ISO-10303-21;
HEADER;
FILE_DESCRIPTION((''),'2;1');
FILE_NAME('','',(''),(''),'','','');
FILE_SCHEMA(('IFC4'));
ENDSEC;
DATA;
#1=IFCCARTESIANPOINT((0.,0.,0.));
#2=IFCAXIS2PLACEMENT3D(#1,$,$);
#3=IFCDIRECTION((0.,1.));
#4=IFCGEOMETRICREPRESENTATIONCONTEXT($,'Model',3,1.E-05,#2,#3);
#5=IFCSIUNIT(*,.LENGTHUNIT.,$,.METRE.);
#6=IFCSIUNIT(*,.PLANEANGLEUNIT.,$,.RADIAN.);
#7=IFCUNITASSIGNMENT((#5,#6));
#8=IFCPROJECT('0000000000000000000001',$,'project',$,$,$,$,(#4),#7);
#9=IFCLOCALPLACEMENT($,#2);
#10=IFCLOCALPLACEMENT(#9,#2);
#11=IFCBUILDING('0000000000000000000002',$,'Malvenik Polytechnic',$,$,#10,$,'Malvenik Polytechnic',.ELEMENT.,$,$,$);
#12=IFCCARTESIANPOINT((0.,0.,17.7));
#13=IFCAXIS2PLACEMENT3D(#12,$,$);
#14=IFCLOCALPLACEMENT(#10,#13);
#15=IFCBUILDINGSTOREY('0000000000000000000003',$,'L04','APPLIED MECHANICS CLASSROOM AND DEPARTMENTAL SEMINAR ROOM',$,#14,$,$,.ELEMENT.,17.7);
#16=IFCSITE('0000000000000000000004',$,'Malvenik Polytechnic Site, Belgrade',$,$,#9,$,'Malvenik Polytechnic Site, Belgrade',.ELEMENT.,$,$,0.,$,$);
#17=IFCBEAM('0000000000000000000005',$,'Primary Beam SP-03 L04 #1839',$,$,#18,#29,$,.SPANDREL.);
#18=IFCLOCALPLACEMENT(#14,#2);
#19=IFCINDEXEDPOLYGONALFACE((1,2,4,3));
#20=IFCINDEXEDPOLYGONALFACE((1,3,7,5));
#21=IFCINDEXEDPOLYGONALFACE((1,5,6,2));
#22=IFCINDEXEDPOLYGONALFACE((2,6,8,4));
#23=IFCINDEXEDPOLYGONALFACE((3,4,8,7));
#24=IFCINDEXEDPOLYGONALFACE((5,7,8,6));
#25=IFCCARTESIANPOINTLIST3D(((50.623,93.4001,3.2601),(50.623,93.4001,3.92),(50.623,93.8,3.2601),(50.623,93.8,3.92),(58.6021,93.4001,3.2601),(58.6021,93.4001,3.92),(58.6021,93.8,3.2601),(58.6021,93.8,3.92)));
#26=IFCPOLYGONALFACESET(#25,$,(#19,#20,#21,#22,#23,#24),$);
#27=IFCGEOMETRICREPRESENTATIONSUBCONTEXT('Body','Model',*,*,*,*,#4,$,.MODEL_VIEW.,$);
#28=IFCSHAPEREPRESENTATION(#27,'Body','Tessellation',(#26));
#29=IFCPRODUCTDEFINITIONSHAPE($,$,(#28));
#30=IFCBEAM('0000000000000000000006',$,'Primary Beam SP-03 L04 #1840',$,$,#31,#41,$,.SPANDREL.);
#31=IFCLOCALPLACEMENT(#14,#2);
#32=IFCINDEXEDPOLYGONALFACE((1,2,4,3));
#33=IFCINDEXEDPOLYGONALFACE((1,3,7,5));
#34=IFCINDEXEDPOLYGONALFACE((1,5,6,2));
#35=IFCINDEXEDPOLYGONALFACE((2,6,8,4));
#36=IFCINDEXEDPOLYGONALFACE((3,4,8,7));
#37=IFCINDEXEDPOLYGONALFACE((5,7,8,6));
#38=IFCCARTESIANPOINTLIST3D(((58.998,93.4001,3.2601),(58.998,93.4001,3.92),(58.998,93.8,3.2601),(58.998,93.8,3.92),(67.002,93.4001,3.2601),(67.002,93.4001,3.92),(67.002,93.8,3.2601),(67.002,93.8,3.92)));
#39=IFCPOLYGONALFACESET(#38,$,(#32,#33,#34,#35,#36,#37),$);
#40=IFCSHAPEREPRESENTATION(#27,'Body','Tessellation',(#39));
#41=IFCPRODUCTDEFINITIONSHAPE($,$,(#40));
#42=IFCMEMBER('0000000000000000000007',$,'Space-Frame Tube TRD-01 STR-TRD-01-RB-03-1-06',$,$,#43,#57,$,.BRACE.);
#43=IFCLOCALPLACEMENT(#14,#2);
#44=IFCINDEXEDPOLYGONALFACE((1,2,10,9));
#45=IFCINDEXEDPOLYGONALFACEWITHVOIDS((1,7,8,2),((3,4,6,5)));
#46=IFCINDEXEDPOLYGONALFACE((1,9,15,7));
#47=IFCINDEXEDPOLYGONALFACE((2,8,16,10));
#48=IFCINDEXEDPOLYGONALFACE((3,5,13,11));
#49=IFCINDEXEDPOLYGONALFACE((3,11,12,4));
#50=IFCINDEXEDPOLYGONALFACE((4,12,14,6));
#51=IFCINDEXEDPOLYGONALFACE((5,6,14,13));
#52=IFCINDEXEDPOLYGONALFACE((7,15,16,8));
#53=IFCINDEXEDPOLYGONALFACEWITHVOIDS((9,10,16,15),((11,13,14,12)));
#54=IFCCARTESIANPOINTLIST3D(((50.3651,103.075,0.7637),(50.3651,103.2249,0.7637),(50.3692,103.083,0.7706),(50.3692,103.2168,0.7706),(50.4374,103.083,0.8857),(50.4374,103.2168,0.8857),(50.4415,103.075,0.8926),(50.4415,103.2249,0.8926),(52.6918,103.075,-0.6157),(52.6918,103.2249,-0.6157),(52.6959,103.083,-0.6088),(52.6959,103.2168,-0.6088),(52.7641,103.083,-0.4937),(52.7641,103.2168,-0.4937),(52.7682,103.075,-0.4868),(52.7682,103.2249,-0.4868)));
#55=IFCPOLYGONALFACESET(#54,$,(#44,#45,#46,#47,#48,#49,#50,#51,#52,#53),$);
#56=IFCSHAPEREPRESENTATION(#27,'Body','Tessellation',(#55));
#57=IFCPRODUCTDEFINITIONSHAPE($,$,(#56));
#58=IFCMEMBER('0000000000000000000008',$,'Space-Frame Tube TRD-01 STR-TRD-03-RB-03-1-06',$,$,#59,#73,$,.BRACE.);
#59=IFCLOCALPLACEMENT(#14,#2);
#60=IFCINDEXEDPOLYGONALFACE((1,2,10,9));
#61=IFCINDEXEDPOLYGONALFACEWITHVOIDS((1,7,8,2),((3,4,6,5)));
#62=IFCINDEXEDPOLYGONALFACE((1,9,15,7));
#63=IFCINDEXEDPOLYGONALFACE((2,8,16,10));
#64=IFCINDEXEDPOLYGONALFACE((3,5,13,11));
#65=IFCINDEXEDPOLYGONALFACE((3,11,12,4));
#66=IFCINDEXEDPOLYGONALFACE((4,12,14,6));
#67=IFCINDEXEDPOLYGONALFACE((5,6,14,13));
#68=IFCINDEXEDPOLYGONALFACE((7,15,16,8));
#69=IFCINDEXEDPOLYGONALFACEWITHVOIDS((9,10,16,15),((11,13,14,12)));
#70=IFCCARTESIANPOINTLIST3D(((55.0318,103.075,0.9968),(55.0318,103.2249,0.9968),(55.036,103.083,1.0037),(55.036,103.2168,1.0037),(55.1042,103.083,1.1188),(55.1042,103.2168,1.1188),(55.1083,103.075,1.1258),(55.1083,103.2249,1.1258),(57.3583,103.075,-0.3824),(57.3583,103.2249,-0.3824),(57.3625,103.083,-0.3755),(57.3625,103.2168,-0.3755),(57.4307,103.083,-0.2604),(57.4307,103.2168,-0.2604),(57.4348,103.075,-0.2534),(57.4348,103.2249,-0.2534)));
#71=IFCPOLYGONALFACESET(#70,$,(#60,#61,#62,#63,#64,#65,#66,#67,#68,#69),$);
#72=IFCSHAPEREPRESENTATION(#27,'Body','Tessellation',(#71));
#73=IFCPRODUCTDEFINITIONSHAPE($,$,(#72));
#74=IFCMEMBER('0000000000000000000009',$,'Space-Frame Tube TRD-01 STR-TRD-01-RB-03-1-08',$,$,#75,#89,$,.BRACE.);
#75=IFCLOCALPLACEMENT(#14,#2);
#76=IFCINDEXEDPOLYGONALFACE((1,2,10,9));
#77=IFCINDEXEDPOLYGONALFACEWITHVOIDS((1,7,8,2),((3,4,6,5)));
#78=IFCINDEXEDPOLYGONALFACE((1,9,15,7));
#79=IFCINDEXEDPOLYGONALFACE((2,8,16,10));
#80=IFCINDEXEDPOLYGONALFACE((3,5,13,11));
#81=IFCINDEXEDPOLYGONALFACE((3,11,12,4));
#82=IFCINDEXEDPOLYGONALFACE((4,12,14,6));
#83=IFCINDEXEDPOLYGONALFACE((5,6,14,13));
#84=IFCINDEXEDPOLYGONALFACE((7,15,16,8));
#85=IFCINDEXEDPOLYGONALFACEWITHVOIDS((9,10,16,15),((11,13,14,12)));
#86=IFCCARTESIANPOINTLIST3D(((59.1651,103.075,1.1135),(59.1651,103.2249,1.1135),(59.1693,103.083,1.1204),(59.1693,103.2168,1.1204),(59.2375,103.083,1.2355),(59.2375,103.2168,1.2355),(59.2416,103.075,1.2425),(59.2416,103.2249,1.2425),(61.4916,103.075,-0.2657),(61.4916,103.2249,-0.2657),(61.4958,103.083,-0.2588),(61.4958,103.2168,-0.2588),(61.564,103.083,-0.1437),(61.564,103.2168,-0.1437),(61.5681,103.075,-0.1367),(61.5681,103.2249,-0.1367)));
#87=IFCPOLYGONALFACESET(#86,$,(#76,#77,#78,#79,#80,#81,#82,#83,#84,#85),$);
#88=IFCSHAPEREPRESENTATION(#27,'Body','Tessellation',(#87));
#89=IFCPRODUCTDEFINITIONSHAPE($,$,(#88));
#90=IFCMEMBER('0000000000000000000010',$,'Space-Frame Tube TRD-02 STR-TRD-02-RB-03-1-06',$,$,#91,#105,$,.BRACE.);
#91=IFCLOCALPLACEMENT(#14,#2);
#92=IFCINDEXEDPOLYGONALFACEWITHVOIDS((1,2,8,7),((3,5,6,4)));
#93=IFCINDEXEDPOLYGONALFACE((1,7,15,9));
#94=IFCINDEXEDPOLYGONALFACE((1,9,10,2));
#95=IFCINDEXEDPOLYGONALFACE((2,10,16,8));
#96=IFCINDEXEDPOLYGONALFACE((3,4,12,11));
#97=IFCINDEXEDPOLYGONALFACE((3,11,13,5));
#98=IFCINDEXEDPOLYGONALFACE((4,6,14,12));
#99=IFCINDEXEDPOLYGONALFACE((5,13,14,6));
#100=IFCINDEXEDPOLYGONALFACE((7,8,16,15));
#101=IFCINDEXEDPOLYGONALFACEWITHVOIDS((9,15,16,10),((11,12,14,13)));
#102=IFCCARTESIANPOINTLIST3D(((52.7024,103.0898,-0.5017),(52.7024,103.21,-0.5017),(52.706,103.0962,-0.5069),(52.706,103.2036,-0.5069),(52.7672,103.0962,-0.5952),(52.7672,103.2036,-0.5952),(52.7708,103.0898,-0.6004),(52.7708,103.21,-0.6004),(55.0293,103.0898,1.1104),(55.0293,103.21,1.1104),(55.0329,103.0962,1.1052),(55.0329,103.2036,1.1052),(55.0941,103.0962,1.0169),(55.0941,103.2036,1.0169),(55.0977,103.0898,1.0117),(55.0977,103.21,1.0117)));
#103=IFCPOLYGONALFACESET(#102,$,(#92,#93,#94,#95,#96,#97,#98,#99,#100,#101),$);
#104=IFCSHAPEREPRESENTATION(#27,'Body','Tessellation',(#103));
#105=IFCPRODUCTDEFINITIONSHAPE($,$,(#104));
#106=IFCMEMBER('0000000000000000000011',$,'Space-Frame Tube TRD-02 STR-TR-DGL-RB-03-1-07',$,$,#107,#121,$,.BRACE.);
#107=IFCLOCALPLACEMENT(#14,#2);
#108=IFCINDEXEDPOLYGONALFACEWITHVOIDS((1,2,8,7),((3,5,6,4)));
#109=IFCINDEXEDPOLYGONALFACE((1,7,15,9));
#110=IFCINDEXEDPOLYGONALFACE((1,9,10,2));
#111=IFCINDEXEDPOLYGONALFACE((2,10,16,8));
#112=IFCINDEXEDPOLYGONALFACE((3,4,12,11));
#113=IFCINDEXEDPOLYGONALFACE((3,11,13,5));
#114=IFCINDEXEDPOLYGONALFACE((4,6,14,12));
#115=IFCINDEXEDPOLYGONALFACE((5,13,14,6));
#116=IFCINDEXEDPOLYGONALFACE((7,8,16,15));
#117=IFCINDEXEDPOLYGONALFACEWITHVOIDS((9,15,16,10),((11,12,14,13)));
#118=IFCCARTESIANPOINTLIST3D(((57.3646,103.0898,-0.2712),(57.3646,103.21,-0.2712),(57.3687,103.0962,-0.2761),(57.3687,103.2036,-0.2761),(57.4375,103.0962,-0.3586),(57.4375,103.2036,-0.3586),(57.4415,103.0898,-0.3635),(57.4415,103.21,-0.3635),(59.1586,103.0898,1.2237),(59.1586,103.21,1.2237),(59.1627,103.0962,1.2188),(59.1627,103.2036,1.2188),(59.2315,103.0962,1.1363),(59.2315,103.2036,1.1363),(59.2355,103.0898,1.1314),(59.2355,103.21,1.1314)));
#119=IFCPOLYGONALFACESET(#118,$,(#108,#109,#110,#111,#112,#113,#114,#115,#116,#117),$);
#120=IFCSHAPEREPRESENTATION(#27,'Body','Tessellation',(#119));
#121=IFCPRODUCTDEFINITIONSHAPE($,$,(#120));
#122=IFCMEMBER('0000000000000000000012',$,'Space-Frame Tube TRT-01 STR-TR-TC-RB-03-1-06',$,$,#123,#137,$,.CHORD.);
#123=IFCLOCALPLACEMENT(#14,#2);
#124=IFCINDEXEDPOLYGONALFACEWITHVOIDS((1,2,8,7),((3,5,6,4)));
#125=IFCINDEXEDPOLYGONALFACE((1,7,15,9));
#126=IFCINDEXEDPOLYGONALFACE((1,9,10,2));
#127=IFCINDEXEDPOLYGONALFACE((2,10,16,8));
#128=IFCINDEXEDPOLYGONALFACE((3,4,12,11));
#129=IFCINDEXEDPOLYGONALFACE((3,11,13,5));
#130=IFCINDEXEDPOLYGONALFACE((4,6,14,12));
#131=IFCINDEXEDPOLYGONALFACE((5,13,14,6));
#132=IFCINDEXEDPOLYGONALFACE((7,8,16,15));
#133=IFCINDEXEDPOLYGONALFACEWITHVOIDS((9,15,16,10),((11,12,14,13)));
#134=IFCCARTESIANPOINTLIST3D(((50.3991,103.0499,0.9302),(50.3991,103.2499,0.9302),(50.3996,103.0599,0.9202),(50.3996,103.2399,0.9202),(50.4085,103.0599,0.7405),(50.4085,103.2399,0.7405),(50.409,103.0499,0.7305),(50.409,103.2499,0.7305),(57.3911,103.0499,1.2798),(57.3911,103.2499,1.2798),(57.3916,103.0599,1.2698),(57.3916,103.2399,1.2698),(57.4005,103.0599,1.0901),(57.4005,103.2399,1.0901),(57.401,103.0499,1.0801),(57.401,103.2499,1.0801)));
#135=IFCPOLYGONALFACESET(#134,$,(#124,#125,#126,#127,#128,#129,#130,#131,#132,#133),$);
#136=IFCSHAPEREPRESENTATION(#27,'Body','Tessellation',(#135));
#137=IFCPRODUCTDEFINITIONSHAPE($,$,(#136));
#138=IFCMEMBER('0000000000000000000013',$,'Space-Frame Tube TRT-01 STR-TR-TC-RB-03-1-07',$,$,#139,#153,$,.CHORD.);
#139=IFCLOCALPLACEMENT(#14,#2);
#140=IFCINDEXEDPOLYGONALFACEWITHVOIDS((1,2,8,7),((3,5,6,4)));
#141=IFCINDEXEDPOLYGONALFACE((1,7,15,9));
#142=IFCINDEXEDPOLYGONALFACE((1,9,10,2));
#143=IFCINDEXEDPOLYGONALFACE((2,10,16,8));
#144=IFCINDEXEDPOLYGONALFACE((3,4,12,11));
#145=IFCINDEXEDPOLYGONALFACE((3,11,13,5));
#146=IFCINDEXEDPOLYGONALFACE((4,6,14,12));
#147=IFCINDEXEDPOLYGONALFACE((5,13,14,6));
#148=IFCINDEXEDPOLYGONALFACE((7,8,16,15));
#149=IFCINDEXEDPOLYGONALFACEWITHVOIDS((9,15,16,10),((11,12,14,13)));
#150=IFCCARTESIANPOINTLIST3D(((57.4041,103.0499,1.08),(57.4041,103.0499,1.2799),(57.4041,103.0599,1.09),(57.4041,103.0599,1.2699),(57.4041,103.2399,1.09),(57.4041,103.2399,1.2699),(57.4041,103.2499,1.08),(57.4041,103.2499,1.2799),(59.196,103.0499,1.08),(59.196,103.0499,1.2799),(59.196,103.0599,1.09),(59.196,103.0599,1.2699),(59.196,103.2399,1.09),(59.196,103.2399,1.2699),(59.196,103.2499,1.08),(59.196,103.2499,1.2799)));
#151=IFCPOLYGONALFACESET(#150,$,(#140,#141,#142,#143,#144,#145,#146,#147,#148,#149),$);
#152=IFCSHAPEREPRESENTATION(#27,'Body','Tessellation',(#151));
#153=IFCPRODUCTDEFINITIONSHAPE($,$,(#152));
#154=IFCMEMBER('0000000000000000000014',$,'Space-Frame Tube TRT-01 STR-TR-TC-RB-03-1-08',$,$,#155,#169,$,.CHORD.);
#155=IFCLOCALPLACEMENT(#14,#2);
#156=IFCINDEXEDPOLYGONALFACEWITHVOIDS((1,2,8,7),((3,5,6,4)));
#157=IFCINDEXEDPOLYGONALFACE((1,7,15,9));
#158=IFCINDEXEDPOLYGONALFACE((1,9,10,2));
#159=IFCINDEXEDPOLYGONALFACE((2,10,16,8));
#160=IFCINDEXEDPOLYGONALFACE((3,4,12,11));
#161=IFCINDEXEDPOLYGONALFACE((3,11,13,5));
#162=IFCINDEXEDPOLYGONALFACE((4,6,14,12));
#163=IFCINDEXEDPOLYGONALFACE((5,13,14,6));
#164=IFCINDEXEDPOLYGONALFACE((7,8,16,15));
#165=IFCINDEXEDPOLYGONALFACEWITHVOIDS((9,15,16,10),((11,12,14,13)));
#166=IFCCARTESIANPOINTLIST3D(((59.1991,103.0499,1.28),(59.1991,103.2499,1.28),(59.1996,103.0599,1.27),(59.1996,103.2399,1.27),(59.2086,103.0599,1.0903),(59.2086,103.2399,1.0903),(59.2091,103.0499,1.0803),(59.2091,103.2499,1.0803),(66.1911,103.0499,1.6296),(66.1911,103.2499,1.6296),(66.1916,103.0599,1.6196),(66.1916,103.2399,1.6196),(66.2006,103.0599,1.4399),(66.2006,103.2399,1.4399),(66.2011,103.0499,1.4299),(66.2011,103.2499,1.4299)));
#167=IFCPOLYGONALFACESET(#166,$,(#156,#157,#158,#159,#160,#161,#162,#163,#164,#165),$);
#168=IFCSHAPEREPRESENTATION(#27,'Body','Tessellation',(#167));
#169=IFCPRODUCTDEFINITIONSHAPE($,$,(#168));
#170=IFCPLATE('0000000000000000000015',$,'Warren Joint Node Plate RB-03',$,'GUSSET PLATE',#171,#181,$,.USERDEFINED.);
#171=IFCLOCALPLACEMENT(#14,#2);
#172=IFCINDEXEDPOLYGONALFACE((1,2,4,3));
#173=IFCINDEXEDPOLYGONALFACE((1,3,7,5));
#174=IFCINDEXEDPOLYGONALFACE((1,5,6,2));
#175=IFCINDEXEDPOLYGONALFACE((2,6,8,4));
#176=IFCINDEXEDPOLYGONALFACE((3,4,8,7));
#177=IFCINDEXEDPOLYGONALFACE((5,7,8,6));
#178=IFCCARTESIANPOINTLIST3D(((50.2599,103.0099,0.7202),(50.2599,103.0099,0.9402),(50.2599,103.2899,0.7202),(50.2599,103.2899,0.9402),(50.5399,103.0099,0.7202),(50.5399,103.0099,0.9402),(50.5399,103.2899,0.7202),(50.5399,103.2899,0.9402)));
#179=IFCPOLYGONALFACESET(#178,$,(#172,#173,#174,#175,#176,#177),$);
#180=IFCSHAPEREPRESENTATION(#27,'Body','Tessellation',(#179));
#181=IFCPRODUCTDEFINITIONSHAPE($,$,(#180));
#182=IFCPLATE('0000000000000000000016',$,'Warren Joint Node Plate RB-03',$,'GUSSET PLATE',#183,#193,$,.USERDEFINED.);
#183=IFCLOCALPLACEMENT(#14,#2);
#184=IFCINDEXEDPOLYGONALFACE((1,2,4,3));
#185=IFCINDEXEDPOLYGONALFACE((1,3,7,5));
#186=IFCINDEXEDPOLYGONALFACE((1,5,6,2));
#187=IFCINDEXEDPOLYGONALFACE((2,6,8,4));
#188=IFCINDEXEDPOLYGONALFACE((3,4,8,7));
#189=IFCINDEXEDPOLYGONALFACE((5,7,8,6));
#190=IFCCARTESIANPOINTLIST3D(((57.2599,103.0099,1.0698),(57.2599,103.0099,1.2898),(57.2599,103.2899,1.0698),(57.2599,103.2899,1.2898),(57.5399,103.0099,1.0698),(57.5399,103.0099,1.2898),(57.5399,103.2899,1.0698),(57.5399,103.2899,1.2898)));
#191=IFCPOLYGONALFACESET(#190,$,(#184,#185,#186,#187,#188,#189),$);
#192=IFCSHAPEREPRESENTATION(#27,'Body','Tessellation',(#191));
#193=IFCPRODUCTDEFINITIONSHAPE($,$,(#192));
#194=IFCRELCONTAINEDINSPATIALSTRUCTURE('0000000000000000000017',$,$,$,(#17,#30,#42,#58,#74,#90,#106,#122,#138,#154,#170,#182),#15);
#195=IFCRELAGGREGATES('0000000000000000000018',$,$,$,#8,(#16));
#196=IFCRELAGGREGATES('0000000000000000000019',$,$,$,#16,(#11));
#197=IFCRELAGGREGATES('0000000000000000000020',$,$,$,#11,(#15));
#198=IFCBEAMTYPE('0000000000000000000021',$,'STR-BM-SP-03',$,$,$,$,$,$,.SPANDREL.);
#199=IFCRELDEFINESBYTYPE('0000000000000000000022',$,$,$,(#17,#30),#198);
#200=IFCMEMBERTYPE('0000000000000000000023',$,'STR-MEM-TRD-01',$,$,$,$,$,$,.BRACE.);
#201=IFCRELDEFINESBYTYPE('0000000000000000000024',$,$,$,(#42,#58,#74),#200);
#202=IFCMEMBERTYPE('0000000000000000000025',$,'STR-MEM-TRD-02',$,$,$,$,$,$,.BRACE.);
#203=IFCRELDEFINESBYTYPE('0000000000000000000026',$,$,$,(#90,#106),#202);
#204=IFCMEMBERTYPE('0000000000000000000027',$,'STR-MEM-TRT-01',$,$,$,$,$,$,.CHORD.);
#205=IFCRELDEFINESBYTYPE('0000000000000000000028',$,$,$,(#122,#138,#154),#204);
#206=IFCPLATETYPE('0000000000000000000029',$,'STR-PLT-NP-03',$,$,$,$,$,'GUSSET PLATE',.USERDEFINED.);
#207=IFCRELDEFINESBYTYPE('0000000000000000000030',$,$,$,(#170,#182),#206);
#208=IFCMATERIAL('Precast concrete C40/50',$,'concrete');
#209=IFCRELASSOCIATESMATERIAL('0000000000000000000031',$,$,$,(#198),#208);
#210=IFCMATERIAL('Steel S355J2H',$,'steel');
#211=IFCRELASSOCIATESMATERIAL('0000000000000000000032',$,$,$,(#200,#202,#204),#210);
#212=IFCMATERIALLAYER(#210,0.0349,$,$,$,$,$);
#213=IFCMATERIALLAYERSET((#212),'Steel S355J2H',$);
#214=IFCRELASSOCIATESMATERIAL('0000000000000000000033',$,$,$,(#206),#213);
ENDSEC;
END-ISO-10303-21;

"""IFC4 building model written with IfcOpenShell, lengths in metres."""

from ifc_helpers import new_model, si_unit, direction, frame, origin, origin_2d, place, context, subcontext, project, spatial, rectangle, hollow_rectangle, extrude, material, layer, layer_set, material_profile, profile_set, type_object, element, save


model = new_model("IFC4")

# Units and contexts
model_context = context("Model", 3, precision=1e-05, world=origin(), true_north=direction((0.0, 1.0)))
body_context = subcontext(model_context, "Body", "Model", "MODEL_VIEW")
ifc_project = project(units=[si_unit("LENGTHUNIT", "METRE"), si_unit("PLANEANGLEUNIT", "RADIAN")], contexts=[model_context])

# Site, building, storey
site_placement = place(None, origin())
site = spatial("IfcSite", under=ifc_project, at=site_placement, Name="Malvenik Polytechnic Site, Belgrade", LongName="Malvenik Polytechnic Site, Belgrade", CompositionType="ELEMENT", RefElevation=0.0)
building_placement = place(site_placement, origin())
building = spatial("IfcBuilding", under=site, at=building_placement, Name="Malvenik Polytechnic", LongName="Malvenik Polytechnic", CompositionType="ELEMENT")
storey_placement = place(building_placement, frame((0.0, 0.0, 17.7)))
storey = spatial("IfcBuildingStorey", under=building, at=storey_placement, Name="L04", Description="APPLIED MECHANICS CLASSROOM AND DEPARTMENTAL SEMINAR ROOM", CompositionType="ELEMENT", Elevation=17.7)

# Shared definitions
ifc_material_1 = material(Name="Steel S355J2H", Category="steel")

# Beams
ifc_material_2 = material(Name="Precast concrete C40/50", Category="concrete")
ifc_material_profile_1 = material_profile(ifc_material_2, rectangle(XDim=0.3999, YDim=0.6599, at=origin_2d()), Name="PC SPN 400x660")
ifc_profile_set_1 = profile_set([ifc_material_profile_1], Name="Precast concrete C40/50")
beam_type_1 = type_object("IfcBeamType", Name="STR-BM-SP-03", PredefinedType="SPANDREL", material=ifc_profile_set_1)
beam_1_placement = place(storey_placement, frame((50.623, 93.6001, 3.5901), z_axis=(1.0, 0.0, 0.0), x_axis=(0.0, 1.0, 0.0)))
element("IfcBeam", 1, at=beam_1_placement, inside=storey, type_object=beam_type_1, Name="Primary Beam SP-03 L04 #1839", PredefinedType="SPANDREL", context=body_context, shape_type="SweptSolid", body=[
    extrude(rectangle(XDim=0.3999, YDim=0.6599, at=origin_2d()), origin(), (0.0, 0.0, 1.0), 7.979),
])
beam_2_placement = place(storey_placement, frame((58.998, 93.6001, 3.5901), z_axis=(1.0, 0.0, 0.0), x_axis=(0.0, 1.0, 0.0)))
element("IfcBeam", 2, at=beam_2_placement, inside=storey, type_object=beam_type_1, Name="Primary Beam SP-03 L04 #1840", PredefinedType="SPANDREL", context=body_context, shape_type="SweptSolid", body=[
    extrude(rectangle(XDim=0.3999, YDim=0.6599, at=origin_2d()), origin(), (0.0, 0.0, 1.0), 8.0039),
])

# Members
ifc_material_profile_2 = material_profile(ifc_material_1, hollow_rectangle(XDim=0.1499, YDim=0.1499, WallThickness=0.0081, at=origin_2d()), Name="SHS 150x150x8.0")
ifc_profile_set_2 = profile_set([ifc_material_profile_2], Name="Steel S355J2H")
member_type_1 = type_object("IfcMemberType", Name="STR-MEM-TRD-01", PredefinedType="BRACE", material=ifc_profile_set_2)
member_1_placement = place(storey_placement, frame((50.4033, 103.1499, 0.8281), z_axis=(0.860189, 0.0, -0.509976), x_axis=(0.0, 1.0, 0.0)))
element("IfcMember", 3, at=member_1_placement, inside=storey, type_object=member_type_1, Name="Space-Frame Tube TRD-01 STR-TRD-01-RB-03-1-06", PredefinedType="BRACE", context=body_context, shape_type="SweptSolid", body=[
    extrude(hollow_rectangle(XDim=0.1499, YDim=0.1499, WallThickness=0.0081, at=origin_2d()), origin(), (0.0, 0.0, 1.0), 2.7048),
])
for number, where, z_axis, x_axis, name in (
    (4, (55.0701, 103.1499, 1.0613), (0.860205, 0.0, -0.509948), (0.0, 1.0, 0.0), "Space-Frame Tube TRD-01 STR-TRD-03-RB-03-1-06"),
    (5, (59.2034, 103.1499, 1.178), (0.860205, 0.0, -0.509948), (0.0, 1.0, 0.0), "Space-Frame Tube TRD-01 STR-TRD-01-RB-03-1-08"),
):
    element("IfcMember", number, at=place(storey_placement, frame(where, z_axis=z_axis, x_axis=x_axis)), inside=storey, type_object=member_type_1, Name=name, PredefinedType="BRACE", context=body_context, shape_type="SweptSolid", body=[
        extrude(hollow_rectangle(XDim=0.1499, YDim=0.1499, WallThickness=0.0081, at=origin_2d()), origin(), (0.0, 0.0, 1.0), 2.7046),
    ])
ifc_material_profile_3 = material_profile(ifc_material_1, hollow_rectangle(XDim=0.1201, YDim=0.1201, WallThickness=0.0063, at=origin_2d()), Name="SHS 120x120x6.3")
ifc_profile_set_3 = profile_set([ifc_material_profile_3], Name="Steel S355J2H")
member_type_2 = type_object("IfcMemberType", Name="STR-MEM-TRD-02", PredefinedType="BRACE", material=ifc_profile_set_3)
member_2_placement = place(storey_placement, frame((52.7366, 103.1499, -0.551), z_axis=(0.822006, 0.0, 0.569479), x_axis=(0.0, 1.0, 0.0)))
element("IfcMember", 6, at=member_2_placement, inside=storey, type_object=member_type_2, Name="Space-Frame Tube TRD-02 STR-TRD-02-RB-03-1-06", PredefinedType="BRACE", context=body_context, shape_type="SweptSolid", body=[
    extrude(hollow_rectangle(XDim=0.1201, YDim=0.1201, WallThickness=0.0063, at=origin_2d()), origin(), (0.0, 0.0, 1.0), 2.8308),
])
member_3_placement = place(storey_placement, frame((57.4031, 103.1499, -0.3174), z_axis=(0.768238, 0.0, 0.640164), x_axis=(0.0, 1.0, 0.0)))
element("IfcMember", 7, at=member_3_placement, inside=storey, type_object=member_type_2, Name="Space-Frame Tube TRD-02 STR-TR-DGL-RB-03-1-07", PredefinedType="BRACE", context=body_context, shape_type="SweptSolid", body=[
    extrude(hollow_rectangle(XDim=0.1201, YDim=0.1201, WallThickness=0.0063, at=origin_2d()), origin(), (0.0, 0.0, 1.0), 2.3352),
])
ifc_material_profile_4 = material_profile(ifc_material_1, hollow_rectangle(XDim=0.2, YDim=0.2, WallThickness=0.01, at=origin_2d()), Name="SHS 200x200x10.0")
ifc_profile_set_4 = profile_set([ifc_material_profile_4], Name="Steel S355J2H")
member_type_3 = type_object("IfcMemberType", Name="STR-MEM-TRT-01", PredefinedType="CHORD", material=ifc_profile_set_4)
member_4_placement = place(storey_placement, frame((50.4041, 103.1499, 0.8303), z_axis=(0.998752, 0.0, 0.049939), x_axis=(0.0, 1.0, 0.0)))
element("IfcMember", 8, at=member_4_placement, inside=storey, type_object=member_type_3, Name="Space-Frame Tube TRT-01 STR-TR-TC-RB-03-1-06", PredefinedType="CHORD", context=body_context, shape_type="SweptSolid", body=[
    extrude(hollow_rectangle(XDim=0.2, YDim=0.2, WallThickness=0.01, at=origin_2d()), origin(), (0.0, 0.0, 1.0), 7.0007),
])
member_5_placement = place(storey_placement, frame((57.4041, 103.1499, 1.1799), z_axis=(1.0, 0.0, 0.0), x_axis=(0.0, 1.0, 0.0)))
element("IfcMember", 9, at=member_5_placement, inside=storey, type_object=member_type_3, Name="Space-Frame Tube TRT-01 STR-TR-TC-RB-03-1-07", PredefinedType="CHORD", context=body_context, shape_type="SweptSolid", body=[
    extrude(hollow_rectangle(XDim=0.2, YDim=0.2, WallThickness=0.01, at=origin_2d()), origin(), (0.0, 0.0, 1.0), 1.792),
])
member_6_placement = place(storey_placement, frame((59.2041, 103.1499, 1.1802), z_axis=(0.998752, 0.0, 0.049939), x_axis=(0.0, 1.0, 0.0)))
element("IfcMember", 10, at=member_6_placement, inside=storey, type_object=member_type_3, Name="Space-Frame Tube TRT-01 STR-TR-TC-RB-03-1-08", PredefinedType="CHORD", context=body_context, shape_type="SweptSolid", body=[
    extrude(hollow_rectangle(XDim=0.2, YDim=0.2, WallThickness=0.01, at=origin_2d()), origin(), (0.0, 0.0, 1.0), 7.0007),
])

# Plates
ifc_layer_1 = layer(ifc_material_1, 0.0349)
ifc_layer_set_1 = layer_set([ifc_layer_1], Name="Steel S355J2H")
plate_type = type_object("IfcPlateType", Name="STR-PLT-NP-03", ElementType="GUSSET PLATE", PredefinedType="USERDEFINED", material=ifc_layer_set_1)
for number, where, z_axis, x_axis, name in (
    (11, (50.3999, 103.1499, 0.7202), (0.0, 0.0, 1.0), (1.0, 0.0, 0.0), "Warren Joint Node Plate RB-03"),
    (12, (57.3999, 103.1499, 1.0698), (0.0, 0.0, 1.0), (1.0, 0.0, 0.0), "Warren Joint Node Plate RB-03"),
):
    element("IfcPlate", number, at=place(storey_placement, frame(where, z_axis=z_axis, x_axis=x_axis)), inside=storey, type_object=plate_type, Name=name, ObjectType="GUSSET PLATE", PredefinedType="USERDEFINED", context=body_context, shape_type="SweptSolid", body=[
        extrude(rectangle(XDim=0.28, YDim=0.28, at=origin_2d()), origin(), (0.0, 0.0, 1.0), 0.22),
    ])

save(model, "model.ifc")
